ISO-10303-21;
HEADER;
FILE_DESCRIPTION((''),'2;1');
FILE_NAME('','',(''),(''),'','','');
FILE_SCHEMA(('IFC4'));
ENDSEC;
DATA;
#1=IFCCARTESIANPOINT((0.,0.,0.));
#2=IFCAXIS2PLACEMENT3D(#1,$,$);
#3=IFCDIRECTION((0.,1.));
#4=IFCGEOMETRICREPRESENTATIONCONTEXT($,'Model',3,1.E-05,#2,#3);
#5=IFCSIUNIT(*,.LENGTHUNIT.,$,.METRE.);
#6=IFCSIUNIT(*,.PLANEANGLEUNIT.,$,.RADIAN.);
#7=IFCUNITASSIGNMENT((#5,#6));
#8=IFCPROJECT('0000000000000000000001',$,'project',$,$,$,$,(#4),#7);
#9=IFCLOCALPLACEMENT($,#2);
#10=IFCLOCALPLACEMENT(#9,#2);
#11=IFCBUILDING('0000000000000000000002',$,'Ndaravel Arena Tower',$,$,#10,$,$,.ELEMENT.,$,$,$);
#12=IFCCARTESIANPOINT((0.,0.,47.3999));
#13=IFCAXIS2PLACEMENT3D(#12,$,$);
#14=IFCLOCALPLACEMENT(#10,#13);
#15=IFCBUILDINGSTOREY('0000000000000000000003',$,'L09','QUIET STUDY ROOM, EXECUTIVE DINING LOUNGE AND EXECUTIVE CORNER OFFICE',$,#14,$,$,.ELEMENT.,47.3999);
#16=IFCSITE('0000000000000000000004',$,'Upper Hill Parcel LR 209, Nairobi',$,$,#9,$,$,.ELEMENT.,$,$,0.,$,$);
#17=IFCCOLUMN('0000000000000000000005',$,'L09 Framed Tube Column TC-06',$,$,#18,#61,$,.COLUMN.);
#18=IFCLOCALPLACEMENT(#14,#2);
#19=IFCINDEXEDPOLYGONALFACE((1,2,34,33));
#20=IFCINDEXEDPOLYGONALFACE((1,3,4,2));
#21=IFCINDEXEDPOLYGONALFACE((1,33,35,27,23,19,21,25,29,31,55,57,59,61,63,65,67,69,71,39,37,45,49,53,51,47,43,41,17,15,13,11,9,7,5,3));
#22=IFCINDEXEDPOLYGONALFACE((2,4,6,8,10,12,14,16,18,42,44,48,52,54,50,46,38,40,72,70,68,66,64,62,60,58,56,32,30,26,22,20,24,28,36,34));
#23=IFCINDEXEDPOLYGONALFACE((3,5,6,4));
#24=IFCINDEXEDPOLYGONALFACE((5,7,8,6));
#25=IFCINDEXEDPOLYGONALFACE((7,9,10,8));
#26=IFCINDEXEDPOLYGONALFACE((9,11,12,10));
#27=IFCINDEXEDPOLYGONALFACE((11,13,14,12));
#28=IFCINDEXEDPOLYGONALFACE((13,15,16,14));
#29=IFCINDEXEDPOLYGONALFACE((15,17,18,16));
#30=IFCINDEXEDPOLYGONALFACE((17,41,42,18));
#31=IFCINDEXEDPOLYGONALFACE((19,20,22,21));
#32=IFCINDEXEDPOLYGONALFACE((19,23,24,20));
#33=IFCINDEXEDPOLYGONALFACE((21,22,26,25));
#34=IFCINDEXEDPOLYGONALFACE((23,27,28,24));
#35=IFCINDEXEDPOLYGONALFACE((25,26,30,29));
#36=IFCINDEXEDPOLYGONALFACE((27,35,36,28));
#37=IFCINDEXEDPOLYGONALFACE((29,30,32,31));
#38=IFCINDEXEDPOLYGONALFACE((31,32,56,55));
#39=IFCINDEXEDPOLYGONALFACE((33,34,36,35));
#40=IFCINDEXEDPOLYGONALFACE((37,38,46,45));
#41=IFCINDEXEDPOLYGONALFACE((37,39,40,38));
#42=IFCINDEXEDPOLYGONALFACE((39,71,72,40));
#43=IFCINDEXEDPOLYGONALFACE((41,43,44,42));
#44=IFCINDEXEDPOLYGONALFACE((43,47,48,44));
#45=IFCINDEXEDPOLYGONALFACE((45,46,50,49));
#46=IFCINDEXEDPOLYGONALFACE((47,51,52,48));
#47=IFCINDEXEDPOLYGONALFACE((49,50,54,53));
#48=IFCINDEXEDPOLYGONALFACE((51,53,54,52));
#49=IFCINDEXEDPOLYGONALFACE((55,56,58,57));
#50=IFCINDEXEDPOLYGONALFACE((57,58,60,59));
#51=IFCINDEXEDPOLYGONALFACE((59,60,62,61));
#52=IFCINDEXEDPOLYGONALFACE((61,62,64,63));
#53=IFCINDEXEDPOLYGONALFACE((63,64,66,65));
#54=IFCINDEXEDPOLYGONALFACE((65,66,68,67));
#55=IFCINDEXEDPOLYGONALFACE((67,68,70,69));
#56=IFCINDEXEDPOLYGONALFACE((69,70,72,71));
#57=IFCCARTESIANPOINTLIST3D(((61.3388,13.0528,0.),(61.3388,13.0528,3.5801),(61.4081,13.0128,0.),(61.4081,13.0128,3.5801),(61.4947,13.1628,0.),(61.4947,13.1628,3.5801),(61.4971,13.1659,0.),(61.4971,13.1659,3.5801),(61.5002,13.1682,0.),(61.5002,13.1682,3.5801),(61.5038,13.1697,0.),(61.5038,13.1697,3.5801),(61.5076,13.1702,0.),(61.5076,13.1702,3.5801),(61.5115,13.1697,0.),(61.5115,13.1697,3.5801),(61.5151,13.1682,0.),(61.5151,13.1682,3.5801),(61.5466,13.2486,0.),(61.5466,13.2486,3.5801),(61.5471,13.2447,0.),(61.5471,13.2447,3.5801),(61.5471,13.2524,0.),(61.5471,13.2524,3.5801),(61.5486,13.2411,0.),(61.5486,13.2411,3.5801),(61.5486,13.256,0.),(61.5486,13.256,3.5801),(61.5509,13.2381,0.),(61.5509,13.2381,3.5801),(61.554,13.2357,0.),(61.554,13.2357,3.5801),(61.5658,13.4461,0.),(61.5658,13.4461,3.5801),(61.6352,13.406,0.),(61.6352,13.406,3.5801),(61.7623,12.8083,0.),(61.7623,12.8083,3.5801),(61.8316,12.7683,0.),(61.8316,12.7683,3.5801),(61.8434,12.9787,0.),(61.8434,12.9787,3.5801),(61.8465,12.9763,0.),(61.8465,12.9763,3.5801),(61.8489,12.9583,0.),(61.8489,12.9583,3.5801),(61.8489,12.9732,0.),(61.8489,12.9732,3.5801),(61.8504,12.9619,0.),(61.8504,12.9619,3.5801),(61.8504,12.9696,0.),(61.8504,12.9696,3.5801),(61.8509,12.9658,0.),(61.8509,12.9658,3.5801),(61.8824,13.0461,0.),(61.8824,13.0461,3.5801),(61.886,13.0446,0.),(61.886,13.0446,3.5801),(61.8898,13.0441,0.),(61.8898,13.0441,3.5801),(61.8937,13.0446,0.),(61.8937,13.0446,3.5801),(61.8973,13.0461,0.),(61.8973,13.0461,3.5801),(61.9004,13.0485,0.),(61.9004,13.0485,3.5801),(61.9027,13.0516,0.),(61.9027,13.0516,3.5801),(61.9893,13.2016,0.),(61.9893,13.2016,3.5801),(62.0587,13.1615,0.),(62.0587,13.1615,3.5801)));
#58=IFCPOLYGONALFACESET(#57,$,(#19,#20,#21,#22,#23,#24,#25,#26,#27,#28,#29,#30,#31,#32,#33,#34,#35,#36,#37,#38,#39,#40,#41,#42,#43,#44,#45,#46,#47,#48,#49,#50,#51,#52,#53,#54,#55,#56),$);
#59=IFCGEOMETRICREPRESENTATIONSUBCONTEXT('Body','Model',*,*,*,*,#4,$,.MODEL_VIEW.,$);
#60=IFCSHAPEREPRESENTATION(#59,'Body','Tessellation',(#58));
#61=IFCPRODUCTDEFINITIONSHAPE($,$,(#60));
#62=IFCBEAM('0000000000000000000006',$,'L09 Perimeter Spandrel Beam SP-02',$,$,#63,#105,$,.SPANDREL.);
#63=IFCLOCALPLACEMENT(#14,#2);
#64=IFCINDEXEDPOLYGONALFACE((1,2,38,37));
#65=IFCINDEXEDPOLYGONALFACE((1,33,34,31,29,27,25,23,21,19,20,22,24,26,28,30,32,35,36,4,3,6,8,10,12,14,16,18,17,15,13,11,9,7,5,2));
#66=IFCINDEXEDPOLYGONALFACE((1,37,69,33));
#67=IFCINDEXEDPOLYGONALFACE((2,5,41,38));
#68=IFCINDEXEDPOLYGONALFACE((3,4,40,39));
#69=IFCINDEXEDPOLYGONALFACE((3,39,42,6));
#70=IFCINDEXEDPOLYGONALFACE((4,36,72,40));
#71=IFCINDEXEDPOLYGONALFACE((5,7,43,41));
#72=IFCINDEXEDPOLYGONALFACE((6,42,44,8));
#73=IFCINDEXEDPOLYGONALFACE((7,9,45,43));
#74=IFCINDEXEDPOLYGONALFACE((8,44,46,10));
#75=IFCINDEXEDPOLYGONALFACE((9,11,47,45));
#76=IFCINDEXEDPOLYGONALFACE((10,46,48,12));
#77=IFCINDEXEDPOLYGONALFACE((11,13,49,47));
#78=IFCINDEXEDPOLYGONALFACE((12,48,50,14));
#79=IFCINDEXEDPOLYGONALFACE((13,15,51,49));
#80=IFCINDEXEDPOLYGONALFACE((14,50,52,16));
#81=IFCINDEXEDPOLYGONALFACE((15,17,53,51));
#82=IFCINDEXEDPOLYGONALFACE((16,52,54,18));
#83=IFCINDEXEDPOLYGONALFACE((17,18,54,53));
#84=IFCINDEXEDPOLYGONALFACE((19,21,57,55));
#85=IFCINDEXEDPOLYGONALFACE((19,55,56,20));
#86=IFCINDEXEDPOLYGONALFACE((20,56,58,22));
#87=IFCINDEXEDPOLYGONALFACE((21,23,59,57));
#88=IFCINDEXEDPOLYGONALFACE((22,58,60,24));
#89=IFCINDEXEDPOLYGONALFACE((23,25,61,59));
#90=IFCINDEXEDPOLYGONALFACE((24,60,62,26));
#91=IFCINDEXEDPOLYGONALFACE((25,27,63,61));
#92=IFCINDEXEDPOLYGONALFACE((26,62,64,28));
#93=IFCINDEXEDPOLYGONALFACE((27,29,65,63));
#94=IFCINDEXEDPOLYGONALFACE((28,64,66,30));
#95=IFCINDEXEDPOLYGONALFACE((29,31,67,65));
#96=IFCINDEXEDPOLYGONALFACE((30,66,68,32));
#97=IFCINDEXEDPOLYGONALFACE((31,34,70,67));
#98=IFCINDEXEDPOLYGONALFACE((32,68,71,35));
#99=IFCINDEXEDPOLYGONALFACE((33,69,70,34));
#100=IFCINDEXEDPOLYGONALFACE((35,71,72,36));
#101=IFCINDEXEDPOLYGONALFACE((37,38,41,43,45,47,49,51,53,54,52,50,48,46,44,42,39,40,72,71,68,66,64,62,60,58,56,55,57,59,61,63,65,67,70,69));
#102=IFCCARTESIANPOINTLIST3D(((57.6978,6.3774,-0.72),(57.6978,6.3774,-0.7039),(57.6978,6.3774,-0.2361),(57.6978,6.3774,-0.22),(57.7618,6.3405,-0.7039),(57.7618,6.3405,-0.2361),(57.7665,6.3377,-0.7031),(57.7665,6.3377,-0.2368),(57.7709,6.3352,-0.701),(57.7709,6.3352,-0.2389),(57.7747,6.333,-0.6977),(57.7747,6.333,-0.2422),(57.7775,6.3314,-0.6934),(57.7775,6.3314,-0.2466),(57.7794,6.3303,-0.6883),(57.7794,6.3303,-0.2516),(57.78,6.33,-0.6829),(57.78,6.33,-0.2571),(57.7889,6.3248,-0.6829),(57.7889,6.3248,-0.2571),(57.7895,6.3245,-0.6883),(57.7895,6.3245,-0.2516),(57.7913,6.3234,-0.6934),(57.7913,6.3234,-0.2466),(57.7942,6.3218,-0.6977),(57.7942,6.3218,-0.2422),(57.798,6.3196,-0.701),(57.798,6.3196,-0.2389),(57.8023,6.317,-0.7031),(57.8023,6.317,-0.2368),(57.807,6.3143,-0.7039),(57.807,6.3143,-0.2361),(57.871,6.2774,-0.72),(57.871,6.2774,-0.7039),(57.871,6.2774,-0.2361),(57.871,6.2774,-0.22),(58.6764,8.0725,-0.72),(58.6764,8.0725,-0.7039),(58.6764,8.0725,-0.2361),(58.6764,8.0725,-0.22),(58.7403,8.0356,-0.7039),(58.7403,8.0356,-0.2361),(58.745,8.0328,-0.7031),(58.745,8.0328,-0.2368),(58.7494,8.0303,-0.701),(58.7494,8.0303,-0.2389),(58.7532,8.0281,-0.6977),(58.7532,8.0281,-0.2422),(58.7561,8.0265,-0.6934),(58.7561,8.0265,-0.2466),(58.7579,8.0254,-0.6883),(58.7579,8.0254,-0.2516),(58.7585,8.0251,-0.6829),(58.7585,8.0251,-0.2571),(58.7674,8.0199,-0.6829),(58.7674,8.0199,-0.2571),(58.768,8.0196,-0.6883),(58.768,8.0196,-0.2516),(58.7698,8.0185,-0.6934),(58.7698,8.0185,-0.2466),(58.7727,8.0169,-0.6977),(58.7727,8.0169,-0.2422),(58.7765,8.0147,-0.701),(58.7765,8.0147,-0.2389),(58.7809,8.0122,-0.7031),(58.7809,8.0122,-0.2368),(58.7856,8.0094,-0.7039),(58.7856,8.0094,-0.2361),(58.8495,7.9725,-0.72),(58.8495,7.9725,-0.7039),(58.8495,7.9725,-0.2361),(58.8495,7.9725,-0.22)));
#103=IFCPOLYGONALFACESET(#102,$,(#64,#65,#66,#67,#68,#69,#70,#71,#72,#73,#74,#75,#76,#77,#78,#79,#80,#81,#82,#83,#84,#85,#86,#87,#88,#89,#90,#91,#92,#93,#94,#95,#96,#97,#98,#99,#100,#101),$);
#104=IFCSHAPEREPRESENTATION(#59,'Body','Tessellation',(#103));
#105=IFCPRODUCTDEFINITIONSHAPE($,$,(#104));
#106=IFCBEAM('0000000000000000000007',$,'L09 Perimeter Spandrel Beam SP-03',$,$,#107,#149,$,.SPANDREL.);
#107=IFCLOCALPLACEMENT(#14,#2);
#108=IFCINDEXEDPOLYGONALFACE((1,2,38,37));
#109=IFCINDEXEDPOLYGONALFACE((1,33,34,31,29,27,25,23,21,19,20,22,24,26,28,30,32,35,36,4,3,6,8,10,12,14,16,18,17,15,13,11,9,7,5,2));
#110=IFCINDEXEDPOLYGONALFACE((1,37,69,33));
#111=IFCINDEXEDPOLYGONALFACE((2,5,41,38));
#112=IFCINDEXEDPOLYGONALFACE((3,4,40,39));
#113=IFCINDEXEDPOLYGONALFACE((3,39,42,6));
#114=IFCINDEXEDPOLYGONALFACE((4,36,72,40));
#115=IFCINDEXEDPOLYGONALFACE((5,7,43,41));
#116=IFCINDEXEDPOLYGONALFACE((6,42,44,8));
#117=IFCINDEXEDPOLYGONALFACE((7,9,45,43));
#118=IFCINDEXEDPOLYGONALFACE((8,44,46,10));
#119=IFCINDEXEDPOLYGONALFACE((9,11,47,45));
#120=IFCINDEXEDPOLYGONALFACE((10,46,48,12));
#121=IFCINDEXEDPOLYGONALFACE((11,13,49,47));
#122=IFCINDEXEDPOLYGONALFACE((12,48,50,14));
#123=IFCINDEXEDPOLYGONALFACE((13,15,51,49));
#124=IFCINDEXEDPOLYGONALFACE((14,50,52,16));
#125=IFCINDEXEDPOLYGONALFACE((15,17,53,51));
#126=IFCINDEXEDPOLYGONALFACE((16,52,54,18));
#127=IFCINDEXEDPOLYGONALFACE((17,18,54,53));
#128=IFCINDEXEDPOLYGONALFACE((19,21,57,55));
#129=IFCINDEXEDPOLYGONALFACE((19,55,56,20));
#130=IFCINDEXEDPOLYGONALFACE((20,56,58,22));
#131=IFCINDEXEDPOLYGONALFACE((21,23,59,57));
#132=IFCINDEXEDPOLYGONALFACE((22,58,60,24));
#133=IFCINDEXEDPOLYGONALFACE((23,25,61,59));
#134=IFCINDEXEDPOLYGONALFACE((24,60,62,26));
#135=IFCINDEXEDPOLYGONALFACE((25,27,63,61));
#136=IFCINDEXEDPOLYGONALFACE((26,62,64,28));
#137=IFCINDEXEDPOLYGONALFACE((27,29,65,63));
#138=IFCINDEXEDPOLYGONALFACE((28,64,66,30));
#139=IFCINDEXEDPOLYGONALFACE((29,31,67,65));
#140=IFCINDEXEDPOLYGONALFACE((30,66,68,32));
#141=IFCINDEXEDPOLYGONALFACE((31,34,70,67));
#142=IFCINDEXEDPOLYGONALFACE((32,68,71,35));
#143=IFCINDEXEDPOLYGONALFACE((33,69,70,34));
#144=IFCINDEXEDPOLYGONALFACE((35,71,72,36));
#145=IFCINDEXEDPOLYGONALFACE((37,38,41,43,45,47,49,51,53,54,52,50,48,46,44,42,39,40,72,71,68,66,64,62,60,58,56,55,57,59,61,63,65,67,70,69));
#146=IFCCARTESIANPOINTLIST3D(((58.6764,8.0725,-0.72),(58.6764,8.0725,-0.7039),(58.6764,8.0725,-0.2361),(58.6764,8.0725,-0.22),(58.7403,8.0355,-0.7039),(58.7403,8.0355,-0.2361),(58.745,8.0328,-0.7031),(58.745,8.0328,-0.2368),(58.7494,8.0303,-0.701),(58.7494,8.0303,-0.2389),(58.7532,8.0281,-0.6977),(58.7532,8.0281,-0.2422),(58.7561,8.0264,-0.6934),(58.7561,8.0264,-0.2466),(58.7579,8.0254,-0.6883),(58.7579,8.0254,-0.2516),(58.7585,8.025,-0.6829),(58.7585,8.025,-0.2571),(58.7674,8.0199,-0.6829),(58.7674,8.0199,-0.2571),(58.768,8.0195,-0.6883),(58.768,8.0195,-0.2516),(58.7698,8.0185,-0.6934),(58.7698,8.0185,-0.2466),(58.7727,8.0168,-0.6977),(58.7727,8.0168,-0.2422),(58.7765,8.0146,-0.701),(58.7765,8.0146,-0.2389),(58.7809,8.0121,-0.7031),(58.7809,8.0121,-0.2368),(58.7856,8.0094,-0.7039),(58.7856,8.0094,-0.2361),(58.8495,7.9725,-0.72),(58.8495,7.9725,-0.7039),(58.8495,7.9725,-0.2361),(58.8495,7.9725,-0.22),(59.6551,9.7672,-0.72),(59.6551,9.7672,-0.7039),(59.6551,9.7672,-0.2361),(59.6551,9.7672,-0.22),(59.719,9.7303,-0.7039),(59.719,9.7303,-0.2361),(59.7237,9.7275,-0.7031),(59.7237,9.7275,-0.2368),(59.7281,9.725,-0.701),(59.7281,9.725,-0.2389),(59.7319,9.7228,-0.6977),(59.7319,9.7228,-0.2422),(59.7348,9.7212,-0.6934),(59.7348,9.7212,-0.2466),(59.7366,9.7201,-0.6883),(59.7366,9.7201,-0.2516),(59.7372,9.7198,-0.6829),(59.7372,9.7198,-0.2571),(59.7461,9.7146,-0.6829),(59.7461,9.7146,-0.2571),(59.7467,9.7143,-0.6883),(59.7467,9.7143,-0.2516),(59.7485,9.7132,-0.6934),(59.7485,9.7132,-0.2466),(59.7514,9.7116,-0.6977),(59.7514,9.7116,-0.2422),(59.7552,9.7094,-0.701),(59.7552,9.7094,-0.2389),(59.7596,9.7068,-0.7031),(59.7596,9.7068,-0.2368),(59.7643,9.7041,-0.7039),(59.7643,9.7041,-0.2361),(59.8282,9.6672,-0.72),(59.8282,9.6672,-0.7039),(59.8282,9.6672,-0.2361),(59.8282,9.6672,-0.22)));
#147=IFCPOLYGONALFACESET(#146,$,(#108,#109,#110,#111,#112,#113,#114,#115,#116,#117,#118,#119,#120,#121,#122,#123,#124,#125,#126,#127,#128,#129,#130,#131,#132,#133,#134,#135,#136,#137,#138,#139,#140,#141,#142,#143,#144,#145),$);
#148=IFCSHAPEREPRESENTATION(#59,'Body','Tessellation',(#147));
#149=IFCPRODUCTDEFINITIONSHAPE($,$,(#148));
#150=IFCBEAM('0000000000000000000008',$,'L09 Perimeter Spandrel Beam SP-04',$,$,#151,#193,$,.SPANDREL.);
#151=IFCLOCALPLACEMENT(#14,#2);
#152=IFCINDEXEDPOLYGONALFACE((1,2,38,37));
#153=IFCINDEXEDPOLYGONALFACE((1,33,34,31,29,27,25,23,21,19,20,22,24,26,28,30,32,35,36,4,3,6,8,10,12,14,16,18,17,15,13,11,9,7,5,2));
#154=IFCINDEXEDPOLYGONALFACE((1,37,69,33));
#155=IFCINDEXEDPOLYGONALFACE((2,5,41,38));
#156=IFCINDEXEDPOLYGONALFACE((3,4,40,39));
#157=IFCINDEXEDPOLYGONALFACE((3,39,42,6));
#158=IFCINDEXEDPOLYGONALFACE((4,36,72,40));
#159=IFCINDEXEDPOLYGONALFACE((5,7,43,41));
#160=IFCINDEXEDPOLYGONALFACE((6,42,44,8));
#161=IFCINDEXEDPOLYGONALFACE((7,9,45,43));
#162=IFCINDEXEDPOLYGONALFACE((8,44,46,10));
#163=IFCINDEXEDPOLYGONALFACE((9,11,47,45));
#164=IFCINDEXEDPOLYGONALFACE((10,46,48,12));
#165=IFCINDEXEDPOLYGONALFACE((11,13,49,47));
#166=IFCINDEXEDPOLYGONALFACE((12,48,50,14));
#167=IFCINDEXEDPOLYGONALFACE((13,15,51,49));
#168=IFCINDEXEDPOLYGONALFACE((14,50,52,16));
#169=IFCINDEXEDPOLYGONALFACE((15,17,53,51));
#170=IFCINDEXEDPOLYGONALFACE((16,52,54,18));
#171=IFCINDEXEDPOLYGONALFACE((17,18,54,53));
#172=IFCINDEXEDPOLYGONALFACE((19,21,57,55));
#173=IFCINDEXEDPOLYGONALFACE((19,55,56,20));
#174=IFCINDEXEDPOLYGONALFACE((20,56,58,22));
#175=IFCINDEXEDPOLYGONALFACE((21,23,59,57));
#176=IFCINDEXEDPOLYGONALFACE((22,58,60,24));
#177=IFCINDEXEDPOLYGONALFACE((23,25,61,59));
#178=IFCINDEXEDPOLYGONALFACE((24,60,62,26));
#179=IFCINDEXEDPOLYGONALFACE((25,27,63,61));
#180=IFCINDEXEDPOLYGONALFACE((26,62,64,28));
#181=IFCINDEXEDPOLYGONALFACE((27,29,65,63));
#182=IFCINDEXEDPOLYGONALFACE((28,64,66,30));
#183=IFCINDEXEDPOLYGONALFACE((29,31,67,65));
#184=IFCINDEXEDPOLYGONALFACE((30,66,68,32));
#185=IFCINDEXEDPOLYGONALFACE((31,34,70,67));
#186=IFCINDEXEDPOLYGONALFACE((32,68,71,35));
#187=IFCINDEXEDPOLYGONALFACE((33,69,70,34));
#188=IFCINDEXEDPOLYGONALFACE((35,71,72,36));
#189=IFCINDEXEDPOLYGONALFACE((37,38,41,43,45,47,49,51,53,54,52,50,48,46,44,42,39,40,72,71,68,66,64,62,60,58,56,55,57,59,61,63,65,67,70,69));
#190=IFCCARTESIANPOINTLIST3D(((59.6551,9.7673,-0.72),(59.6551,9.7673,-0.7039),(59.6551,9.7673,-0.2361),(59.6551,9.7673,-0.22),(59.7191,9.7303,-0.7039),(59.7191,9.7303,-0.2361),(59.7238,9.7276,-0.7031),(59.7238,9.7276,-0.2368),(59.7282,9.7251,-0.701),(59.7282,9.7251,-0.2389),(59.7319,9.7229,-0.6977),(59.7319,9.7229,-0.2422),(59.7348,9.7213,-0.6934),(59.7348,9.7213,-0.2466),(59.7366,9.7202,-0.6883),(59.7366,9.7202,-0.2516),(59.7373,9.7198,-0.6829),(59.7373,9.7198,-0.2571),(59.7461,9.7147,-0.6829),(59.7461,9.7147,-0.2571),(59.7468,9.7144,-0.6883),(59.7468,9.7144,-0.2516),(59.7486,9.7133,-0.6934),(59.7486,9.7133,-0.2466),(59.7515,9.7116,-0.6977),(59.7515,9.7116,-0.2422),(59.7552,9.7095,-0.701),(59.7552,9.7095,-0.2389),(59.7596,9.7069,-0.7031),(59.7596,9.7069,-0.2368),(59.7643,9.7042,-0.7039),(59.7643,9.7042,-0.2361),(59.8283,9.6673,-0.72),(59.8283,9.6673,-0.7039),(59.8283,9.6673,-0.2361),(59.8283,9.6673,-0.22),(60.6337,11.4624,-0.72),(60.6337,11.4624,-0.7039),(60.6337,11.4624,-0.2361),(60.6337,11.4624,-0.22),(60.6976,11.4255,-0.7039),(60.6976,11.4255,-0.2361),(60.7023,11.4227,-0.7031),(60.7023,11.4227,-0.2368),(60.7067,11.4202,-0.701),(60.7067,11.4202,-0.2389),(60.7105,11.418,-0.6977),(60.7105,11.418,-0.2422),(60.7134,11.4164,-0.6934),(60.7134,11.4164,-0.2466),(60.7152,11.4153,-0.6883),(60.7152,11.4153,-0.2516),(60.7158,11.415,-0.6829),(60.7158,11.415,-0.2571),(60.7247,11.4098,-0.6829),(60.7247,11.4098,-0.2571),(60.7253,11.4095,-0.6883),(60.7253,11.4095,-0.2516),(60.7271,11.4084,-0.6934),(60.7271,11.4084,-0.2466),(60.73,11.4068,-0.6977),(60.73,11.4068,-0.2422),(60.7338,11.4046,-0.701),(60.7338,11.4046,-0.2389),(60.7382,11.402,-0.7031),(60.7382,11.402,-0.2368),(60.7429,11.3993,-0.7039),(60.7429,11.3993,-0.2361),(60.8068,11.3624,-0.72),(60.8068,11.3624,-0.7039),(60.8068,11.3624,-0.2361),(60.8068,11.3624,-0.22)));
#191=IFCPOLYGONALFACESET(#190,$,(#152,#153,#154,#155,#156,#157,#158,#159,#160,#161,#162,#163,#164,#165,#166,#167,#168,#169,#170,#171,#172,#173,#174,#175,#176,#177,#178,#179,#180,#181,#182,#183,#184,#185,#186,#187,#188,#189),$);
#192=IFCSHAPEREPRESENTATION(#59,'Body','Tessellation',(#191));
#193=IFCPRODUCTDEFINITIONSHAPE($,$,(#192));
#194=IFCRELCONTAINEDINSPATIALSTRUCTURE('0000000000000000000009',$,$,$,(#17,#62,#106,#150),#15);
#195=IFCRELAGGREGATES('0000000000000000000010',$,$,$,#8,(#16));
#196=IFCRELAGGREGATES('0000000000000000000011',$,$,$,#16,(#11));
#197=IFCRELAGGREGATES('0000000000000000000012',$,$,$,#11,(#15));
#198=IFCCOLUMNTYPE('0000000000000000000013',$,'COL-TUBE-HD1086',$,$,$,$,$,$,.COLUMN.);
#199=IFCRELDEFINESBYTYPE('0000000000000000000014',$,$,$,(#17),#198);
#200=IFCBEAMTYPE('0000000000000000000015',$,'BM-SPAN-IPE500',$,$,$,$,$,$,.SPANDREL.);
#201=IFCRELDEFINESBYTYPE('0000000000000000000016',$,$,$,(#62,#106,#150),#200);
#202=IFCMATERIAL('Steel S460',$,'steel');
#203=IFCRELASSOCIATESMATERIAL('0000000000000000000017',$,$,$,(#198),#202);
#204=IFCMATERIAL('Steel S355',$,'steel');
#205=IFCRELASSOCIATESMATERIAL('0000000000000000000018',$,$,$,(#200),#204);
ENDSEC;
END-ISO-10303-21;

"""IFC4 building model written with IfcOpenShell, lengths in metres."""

from ifc_helpers import new_model, si_unit, direction, frame, origin, origin_2d, place, context, subcontext, project, spatial, i_section, extrude, material, material_profile, profile_set, type_object, element, save


model = new_model("IFC4")

# Units and contexts
model_context = context("Model", 3, precision=1e-05, world=origin(), true_north=direction((0.0, 1.0)))
body_context = subcontext(model_context, "Body", "Model", "MODEL_VIEW")
ifc_project = project(units=[si_unit("LENGTHUNIT", "METRE"), si_unit("PLANEANGLEUNIT", "RADIAN")], contexts=[model_context])

# Site, building, storey
site_placement = place(None, origin())
site = spatial("IfcSite", under=ifc_project, at=site_placement, Name="Upper Hill Parcel LR 209, Nairobi", CompositionType="ELEMENT", RefElevation=0.0)
building_placement = place(site_placement, origin())
building = spatial("IfcBuilding", under=site, at=building_placement, Name="Ndaravel Arena Tower", CompositionType="ELEMENT")
storey_placement = place(building_placement, frame((0.0, 0.0, 47.3999)))
storey = spatial("IfcBuildingStorey", under=building, at=storey_placement, Name="L09", Description="QUIET STUDY ROOM, EXECUTIVE DINING LOUNGE AND EXECUTIVE CORNER OFFICE", CompositionType="ELEMENT", Elevation=47.3999)

# Column
ifc_material_1 = material(Name="Steel S460", Category="steel")
ifc_material_profile_1 = material_profile(ifc_material_1, i_section(OverallWidth=0.4541, OverallDepth=0.5691, WebThickness=0.0779, FlangeThickness=0.0801, FilletRadius=0.0149, at=origin_2d()), Name="HD 400x1086")
ifc_profile_set_1 = profile_set([ifc_material_profile_1], Name="Steel S460")
column_type = type_object("IfcColumnType", Name="COL-TUBE-HD1086", PredefinedType="COLUMN", material=ifc_profile_set_1)
for number, where, z_axis, x_axis, name in (
    (1, (61.6987, 13.1072, 0.0), (0.0, 0.0, 1.0), (0.5, 0.866025, 0.0), "L09 Framed Tube Column TC-06"),
):
    element("IfcColumn", number, at=place(storey_placement, frame(where, z_axis=z_axis, x_axis=x_axis)), inside=storey, type_object=column_type, Name=name, PredefinedType="COLUMN", context=body_context, shape_type="SweptSolid", body=[
        extrude(i_section(OverallWidth=0.4541, OverallDepth=0.5691, WebThickness=0.0779, FlangeThickness=0.0801, FilletRadius=0.0149, at=origin_2d()), origin(), (0.0, 0.0, 1.0), 3.5801),
    ])

# Beams
ifc_material_2 = material(Name="Steel S355", Category="steel")
ifc_material_profile_2 = material_profile(ifc_material_2, i_section(OverallWidth=0.2, OverallDepth=0.5, WebThickness=0.0103, FlangeThickness=0.0161, FilletRadius=0.021, at=origin_2d()), Name="IPE 500")
ifc_profile_set_2 = profile_set([ifc_material_profile_2], Name="Steel S355")
beam_type = type_object("IfcBeamType", Name="BM-SPAN-IPE500", PredefinedType="SPANDREL", material=ifc_profile_set_2)
beam_1_placement = place(storey_placement, frame((57.7844, 6.3274, -0.47), z_axis=(0.499949, 0.866055, 0.0), x_axis=(-0.866055, 0.499949, 0.0)))
element("IfcBeam", 2, at=beam_1_placement, inside=storey, type_object=beam_type, Name="L09 Perimeter Spandrel Beam SP-02", PredefinedType="SPANDREL", context=body_context, shape_type="SweptSolid", body=[
    extrude(i_section(OverallWidth=0.2, OverallDepth=0.5, WebThickness=0.0103, FlangeThickness=0.0161, FilletRadius=0.021, at=origin_2d()), origin(), (0.0, 0.0, 1.0), 1.9573),
])
beam_2_placement = place(storey_placement, frame((58.7629, 8.0225, -0.47), z_axis=(0.500097, 0.86597, 0.0), x_axis=(-0.86597, 0.500097, 0.0)))
element("IfcBeam", 3, at=beam_2_placement, inside=storey, type_object=beam_type, Name="L09 Perimeter Spandrel Beam SP-03", PredefinedType="SPANDREL", context=body_context, shape_type="SweptSolid", body=[
    extrude(i_section(OverallWidth=0.2, OverallDepth=0.5, WebThickness=0.0103, FlangeThickness=0.0161, FilletRadius=0.021, at=origin_2d()), origin(), (0.0, 0.0, 1.0), 1.957),
])
beam_3_placement = place(storey_placement, frame((59.7417, 9.7173, -0.47), z_axis=(0.499949, 0.866055, 0.0), x_axis=(-0.866055, 0.499949, 0.0)))
element("IfcBeam", 4, at=beam_3_placement, inside=storey, type_object=beam_type, Name="L09 Perimeter Spandrel Beam SP-04", PredefinedType="SPANDREL", context=body_context, shape_type="SweptSolid", body=[
    extrude(i_section(OverallWidth=0.2, OverallDepth=0.5, WebThickness=0.0103, FlangeThickness=0.0161, FilletRadius=0.021, at=origin_2d()), origin(), (0.0, 0.0, 1.0), 1.9573),
])

save(model, "model.ifc")
